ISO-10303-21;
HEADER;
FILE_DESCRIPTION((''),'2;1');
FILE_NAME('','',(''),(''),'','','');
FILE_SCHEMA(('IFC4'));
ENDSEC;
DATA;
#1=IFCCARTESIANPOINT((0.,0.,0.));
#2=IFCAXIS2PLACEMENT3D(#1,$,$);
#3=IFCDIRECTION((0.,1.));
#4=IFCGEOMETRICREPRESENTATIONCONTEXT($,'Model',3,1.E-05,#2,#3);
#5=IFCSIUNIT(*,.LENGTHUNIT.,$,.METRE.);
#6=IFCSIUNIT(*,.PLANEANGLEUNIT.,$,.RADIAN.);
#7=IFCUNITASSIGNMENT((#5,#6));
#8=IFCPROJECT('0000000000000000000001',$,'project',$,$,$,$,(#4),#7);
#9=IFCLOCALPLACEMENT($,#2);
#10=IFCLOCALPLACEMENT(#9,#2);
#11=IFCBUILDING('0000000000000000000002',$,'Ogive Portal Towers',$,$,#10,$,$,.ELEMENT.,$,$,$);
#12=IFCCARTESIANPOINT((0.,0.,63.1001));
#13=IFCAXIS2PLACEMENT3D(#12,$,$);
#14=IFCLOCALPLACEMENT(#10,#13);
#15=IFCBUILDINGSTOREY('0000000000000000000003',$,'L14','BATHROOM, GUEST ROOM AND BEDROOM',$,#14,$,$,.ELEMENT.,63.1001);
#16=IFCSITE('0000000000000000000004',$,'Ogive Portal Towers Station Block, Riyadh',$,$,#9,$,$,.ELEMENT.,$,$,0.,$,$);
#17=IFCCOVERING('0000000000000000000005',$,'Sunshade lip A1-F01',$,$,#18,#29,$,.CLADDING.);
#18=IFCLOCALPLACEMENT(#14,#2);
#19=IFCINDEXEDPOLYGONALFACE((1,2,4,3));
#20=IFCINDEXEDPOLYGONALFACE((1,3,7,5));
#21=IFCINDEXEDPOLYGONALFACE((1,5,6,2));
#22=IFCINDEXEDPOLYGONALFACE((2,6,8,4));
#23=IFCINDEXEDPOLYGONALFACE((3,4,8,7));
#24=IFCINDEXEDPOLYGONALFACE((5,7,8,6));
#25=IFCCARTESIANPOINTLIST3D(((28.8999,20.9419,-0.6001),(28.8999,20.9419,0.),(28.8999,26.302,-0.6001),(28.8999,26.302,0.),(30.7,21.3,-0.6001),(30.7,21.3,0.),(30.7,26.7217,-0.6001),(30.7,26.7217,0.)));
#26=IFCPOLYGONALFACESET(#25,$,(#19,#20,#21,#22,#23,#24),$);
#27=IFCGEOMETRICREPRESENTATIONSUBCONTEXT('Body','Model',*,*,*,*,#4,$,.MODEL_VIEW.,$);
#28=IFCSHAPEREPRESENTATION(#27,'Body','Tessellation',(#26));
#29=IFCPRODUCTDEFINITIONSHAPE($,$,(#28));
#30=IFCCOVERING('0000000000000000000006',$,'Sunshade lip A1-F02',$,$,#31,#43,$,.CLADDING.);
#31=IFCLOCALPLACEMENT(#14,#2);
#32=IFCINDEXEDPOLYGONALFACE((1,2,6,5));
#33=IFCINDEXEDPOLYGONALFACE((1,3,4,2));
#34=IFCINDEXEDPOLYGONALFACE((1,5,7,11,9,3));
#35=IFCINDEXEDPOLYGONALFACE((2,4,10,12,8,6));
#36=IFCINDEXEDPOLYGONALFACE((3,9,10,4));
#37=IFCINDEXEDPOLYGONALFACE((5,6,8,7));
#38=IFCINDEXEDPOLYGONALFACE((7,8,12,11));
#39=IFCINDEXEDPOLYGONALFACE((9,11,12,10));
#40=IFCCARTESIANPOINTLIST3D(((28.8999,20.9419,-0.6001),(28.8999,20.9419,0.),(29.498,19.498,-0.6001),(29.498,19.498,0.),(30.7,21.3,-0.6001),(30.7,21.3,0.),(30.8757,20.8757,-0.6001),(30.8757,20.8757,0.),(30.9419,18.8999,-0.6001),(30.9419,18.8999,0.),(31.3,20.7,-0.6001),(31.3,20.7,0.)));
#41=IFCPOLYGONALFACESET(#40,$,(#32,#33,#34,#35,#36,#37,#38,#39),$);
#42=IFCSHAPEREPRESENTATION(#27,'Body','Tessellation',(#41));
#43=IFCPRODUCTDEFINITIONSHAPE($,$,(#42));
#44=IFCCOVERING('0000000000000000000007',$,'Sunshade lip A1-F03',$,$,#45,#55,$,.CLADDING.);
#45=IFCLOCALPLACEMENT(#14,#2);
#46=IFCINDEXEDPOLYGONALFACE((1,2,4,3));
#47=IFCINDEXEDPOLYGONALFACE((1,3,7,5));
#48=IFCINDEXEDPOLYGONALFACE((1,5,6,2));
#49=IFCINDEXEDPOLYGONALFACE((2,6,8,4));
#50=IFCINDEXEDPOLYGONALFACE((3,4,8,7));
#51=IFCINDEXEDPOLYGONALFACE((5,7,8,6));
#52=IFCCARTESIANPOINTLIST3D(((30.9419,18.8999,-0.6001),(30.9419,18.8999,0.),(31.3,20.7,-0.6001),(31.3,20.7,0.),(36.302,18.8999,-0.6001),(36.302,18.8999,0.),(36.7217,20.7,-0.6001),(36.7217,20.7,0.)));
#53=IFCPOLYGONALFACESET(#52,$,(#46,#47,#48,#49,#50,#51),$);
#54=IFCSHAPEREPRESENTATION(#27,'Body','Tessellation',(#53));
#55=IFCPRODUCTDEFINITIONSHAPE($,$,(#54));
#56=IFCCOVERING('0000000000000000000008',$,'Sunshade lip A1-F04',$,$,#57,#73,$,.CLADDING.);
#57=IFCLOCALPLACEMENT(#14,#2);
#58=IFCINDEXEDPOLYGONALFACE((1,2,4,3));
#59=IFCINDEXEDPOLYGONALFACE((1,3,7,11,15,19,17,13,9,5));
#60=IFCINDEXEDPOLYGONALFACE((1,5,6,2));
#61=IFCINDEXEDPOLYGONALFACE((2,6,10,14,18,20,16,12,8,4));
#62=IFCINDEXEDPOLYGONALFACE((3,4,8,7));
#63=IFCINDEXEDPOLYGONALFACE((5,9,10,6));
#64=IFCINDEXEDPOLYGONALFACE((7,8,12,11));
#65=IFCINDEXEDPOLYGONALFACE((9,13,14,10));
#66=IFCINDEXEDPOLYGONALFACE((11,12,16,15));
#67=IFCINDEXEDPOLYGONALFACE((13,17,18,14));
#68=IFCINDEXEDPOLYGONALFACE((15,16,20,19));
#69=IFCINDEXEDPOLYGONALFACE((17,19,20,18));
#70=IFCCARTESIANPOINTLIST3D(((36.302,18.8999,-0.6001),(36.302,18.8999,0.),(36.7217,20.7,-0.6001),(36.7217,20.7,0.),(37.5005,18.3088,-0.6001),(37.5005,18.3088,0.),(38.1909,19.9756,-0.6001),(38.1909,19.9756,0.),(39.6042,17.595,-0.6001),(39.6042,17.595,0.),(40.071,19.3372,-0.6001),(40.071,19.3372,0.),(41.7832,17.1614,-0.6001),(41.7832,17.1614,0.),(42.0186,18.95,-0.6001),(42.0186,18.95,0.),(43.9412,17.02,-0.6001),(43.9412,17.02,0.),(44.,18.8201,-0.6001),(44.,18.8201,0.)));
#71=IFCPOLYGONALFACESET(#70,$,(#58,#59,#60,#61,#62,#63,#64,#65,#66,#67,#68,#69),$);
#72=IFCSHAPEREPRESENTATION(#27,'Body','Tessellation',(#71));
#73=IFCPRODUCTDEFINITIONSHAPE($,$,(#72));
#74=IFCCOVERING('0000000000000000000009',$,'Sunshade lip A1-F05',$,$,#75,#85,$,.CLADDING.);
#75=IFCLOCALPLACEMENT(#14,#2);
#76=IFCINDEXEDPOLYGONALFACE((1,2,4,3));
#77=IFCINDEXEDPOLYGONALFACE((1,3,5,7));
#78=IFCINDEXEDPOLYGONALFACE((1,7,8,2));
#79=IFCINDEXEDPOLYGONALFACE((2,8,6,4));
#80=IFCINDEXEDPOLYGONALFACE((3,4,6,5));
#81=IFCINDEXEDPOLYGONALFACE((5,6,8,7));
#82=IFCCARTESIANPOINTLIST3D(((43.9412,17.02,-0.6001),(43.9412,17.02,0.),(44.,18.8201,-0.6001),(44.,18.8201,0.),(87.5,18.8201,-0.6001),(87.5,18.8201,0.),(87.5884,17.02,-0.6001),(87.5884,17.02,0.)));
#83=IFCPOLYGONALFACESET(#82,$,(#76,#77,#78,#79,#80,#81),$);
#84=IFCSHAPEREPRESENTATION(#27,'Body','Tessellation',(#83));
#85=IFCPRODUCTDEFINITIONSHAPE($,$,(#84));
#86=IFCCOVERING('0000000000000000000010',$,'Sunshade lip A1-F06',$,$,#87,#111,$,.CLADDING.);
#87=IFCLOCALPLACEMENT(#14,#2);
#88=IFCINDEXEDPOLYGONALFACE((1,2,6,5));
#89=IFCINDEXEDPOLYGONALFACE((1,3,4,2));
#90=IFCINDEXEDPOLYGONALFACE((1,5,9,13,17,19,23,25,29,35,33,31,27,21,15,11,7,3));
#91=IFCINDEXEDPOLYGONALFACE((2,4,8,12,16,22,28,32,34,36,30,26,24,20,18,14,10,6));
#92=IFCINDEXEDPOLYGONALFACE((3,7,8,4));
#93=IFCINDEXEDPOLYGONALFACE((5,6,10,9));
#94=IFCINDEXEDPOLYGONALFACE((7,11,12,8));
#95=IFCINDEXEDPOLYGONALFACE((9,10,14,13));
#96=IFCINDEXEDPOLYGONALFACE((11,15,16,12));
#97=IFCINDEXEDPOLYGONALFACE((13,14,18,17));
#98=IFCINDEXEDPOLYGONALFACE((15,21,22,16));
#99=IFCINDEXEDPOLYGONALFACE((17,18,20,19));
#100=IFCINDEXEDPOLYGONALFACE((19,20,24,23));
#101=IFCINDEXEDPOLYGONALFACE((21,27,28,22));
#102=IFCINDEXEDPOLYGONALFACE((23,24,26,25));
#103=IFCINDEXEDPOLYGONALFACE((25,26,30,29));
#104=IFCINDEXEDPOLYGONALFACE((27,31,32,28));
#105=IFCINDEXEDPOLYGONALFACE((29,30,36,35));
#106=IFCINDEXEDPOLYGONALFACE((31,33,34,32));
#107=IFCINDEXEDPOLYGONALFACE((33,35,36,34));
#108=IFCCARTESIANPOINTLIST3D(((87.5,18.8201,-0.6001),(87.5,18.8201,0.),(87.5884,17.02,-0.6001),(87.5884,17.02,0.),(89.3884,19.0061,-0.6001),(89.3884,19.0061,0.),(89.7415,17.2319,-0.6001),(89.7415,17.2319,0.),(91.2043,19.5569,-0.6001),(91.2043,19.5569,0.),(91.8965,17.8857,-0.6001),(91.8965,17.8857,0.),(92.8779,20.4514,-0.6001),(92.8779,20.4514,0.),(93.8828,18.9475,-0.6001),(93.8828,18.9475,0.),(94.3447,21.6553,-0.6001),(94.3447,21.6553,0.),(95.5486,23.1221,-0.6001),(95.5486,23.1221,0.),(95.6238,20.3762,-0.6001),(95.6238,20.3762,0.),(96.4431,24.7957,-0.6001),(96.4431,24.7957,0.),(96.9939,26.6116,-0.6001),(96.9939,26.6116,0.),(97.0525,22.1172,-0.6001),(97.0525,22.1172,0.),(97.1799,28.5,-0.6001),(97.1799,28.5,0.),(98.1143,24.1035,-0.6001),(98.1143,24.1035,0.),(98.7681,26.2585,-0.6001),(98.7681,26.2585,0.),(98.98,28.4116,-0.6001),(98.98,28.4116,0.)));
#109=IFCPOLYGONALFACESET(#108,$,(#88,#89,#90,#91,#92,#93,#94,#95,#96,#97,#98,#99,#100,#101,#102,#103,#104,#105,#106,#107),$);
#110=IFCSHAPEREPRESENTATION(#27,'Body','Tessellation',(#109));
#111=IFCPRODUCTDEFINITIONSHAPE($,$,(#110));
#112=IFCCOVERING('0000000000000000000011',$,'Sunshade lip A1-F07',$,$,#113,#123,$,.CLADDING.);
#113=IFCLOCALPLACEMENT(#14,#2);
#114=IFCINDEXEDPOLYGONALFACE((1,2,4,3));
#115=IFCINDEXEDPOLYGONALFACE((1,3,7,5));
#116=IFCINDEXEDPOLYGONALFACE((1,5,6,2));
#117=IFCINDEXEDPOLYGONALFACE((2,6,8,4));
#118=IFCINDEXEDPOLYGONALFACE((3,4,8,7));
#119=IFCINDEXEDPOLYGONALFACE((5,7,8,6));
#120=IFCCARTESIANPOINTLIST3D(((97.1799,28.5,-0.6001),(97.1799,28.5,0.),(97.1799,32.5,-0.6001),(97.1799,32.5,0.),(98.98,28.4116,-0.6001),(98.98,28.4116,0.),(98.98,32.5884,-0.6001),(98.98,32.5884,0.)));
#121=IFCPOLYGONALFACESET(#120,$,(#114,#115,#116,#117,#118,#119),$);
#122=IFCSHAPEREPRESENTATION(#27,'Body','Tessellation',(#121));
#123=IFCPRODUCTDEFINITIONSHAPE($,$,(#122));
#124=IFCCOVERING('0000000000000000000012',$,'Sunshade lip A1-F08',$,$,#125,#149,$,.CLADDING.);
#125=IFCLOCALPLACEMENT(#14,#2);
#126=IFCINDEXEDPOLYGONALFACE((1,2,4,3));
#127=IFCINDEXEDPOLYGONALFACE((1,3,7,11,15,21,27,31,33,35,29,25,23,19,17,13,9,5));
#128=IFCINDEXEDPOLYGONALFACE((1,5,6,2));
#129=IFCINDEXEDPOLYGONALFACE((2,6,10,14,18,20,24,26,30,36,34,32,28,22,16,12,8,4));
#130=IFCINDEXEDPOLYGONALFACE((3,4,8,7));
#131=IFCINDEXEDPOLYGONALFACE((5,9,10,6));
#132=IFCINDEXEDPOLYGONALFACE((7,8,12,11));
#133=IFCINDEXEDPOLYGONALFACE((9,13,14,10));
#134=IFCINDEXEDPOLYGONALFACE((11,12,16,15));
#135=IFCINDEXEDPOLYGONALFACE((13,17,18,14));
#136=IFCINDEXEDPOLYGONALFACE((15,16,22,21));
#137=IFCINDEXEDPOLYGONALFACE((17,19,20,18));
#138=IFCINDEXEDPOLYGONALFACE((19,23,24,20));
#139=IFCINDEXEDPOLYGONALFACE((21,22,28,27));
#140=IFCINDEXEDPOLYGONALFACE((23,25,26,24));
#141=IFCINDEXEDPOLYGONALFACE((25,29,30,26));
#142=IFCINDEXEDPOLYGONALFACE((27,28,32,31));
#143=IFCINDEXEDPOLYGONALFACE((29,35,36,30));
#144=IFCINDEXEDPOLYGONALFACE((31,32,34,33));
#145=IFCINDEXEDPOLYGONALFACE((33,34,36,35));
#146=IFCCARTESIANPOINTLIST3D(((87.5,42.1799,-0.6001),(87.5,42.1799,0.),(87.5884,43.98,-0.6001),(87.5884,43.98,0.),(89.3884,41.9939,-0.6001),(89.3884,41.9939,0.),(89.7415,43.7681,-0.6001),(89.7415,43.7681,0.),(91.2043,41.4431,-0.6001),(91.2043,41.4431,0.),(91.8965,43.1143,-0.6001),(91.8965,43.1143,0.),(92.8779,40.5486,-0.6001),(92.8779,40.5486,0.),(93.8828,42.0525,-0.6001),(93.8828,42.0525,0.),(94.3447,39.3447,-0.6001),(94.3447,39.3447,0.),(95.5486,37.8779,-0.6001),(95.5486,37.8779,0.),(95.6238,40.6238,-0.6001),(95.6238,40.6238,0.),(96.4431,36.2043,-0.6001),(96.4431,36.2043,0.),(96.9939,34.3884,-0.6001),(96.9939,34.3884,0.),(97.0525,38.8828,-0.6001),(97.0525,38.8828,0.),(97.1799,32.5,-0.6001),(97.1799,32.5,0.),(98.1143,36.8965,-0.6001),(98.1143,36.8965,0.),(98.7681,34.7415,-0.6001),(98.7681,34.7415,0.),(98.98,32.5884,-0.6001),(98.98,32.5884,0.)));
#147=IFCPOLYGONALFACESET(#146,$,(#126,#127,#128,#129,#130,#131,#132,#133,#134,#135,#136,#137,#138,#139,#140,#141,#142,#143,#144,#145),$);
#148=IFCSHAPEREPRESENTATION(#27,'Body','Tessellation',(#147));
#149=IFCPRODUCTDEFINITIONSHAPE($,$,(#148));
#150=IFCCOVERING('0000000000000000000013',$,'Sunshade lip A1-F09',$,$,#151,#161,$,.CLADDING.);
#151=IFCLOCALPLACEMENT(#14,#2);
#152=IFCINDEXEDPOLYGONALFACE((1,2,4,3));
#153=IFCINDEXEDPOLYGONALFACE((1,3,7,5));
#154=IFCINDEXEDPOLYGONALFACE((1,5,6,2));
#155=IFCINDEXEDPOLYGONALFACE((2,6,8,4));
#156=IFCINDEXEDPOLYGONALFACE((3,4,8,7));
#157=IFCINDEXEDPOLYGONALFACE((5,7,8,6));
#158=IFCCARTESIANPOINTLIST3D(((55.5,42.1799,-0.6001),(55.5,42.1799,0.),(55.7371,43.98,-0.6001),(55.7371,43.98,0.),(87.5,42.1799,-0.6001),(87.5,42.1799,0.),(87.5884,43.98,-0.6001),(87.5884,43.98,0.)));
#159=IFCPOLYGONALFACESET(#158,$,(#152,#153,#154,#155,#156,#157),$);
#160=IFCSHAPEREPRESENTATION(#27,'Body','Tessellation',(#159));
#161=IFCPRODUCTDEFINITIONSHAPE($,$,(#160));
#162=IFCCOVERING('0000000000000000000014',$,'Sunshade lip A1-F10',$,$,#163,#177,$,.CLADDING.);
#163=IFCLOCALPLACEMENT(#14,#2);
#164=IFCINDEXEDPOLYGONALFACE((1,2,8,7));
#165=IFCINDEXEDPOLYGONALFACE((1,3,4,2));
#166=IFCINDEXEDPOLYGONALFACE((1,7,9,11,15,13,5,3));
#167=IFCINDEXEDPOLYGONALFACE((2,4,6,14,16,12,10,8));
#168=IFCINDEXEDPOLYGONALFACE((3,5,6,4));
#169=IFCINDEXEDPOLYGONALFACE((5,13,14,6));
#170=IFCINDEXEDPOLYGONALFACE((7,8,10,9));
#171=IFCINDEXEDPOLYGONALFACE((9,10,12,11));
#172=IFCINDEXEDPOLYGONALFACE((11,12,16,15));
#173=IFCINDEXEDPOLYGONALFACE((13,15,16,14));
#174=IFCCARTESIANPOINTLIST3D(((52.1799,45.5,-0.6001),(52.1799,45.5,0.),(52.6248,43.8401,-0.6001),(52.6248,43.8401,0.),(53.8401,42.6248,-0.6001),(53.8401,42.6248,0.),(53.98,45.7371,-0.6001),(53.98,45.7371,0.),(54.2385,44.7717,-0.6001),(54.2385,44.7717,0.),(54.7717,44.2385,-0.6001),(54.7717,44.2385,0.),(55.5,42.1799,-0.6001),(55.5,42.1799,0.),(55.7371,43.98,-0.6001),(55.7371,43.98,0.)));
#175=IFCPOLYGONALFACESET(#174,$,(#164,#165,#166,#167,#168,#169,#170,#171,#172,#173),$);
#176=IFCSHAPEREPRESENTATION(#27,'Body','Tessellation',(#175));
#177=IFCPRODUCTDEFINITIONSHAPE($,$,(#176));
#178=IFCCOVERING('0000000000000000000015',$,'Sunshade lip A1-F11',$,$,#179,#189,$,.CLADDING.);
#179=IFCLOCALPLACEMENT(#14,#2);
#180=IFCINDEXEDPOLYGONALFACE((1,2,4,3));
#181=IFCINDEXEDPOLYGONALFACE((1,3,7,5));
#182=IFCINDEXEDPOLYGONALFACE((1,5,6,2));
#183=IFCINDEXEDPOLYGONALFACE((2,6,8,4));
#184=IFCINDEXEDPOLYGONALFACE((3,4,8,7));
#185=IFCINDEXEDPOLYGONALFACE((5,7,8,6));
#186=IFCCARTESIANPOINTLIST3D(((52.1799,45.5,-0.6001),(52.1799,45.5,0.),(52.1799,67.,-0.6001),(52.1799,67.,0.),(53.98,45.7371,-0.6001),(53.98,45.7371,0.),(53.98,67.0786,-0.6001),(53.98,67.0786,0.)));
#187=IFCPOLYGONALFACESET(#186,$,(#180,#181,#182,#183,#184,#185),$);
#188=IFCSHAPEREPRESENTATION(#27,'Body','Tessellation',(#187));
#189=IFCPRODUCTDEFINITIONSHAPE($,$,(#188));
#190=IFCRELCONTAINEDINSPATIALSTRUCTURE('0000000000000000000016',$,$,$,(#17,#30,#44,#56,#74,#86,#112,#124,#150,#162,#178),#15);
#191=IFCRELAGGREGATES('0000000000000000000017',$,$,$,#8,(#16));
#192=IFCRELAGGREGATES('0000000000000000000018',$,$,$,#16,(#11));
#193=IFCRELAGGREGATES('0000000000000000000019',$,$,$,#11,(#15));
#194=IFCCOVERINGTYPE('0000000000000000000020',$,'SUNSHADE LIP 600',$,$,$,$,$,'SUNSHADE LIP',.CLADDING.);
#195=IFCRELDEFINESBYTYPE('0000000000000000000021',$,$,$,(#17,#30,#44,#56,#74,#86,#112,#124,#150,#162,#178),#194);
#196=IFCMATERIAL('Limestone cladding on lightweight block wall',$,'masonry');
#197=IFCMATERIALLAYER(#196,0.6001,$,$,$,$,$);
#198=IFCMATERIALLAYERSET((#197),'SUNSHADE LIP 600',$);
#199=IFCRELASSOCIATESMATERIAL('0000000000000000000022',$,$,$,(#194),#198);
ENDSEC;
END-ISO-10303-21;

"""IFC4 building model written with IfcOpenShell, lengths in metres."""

from ifc_helpers import new_model, si_unit, direction, frame, origin, place, context, subcontext, project, spatial, polyline, outline, extrude, material, layer, layer_set, type_object, element, save


model = new_model("IFC4")

# Units and contexts
model_context = context("Model", 3, precision=1e-05, world=origin(), true_north=direction((0.0, 1.0)))
body_context = subcontext(model_context, "Body", "Model", "MODEL_VIEW")
ifc_project = project(units=[si_unit("LENGTHUNIT", "METRE"), si_unit("PLANEANGLEUNIT", "RADIAN")], contexts=[model_context])

# Site, building, storey
site_placement = place(None, origin())
site = spatial("IfcSite", under=ifc_project, at=site_placement, Name="Ogive Portal Towers Station Block, Riyadh", CompositionType="ELEMENT", RefElevation=0.0)
building_placement = place(site_placement, origin())
building = spatial("IfcBuilding", under=site, at=building_placement, Name="Ogive Portal Towers", CompositionType="ELEMENT")
storey_placement = place(building_placement, frame((0.0, 0.0, 63.1001)))
storey = spatial("IfcBuildingStorey", under=building, at=storey_placement, Name="L14", Description="BATHROOM, GUEST ROOM AND BEDROOM", CompositionType="ELEMENT", Elevation=63.1001)

# Coverings
ifc_material_1 = material(Name="Limestone cladding on lightweight block wall", Category="masonry")
ifc_layer_1 = layer(ifc_material_1, 0.6001)
ifc_layer_set_1 = layer_set([ifc_layer_1], Name="SUNSHADE LIP 600")
covering_type_1 = type_object("IfcCoveringType", Name="SUNSHADE LIP 600", ElementType="SUNSHADE LIP", PredefinedType="CLADDING", material=ifc_layer_set_1)
covering_1_placement = place(storey_placement, frame((0.0, 0.0, -0.6001)))
element("IfcCovering", 1, at=covering_1_placement, inside=storey, type_object=covering_type_1, Name="Sunshade lip A1-F01", PredefinedType="CLADDING", context=body_context, shape_type="SweptSolid", body=[
    extrude(outline(polyline([(30.7, 26.7217), (30.7, 21.3), (28.8999, 20.9419), (28.8999, 26.302), (30.7, 26.7217)])), origin(), (0.0, 0.0, 1.0), 0.6001),
])
covering_2_placement = place(storey_placement, frame((0.0, 0.0, -0.6001)))
element("IfcCovering", 2, at=covering_2_placement, inside=storey, type_object=covering_type_1, Name="Sunshade lip A1-F02", PredefinedType="CLADDING", context=body_context, shape_type="SweptSolid", body=[
    extrude(outline(polyline([(30.7, 21.3), (30.8757, 20.8757), (31.3, 20.7), (30.9419, 18.8999), (29.498, 19.498), (28.8999, 20.9419), (30.7, 21.3)])), origin(), (0.0, 0.0, 1.0), 0.6001),
])
covering_3_placement = place(storey_placement, frame((0.0, 0.0, -0.6001)))
element("IfcCovering", 3, at=covering_3_placement, inside=storey, type_object=covering_type_1, Name="Sunshade lip A1-F03", PredefinedType="CLADDING", context=body_context, shape_type="SweptSolid", body=[
    extrude(outline(polyline([(31.3, 20.7), (36.7217, 20.7), (36.302, 18.8999), (30.9419, 18.8999), (31.3, 20.7)])), origin(), (0.0, 0.0, 1.0), 0.6001),
])
covering_4_placement = place(storey_placement, frame((0.0, 0.0, -0.6001)))
element("IfcCovering", 4, at=covering_4_placement, inside=storey, type_object=covering_type_1, Name="Sunshade lip A1-F04", PredefinedType="CLADDING", context=body_context, shape_type="SweptSolid", body=[
    extrude(outline(polyline([(36.7217, 20.7), (38.1909, 19.9756), (40.071, 19.3372), (42.0186, 18.95), (44.0, 18.8201), (43.9412, 17.02), (41.7832, 17.1614), (39.6042, 17.595), (37.5005, 18.3088), (36.302, 18.8999), (36.7217, 20.7)])), origin(), (0.0, 0.0, 1.0), 0.6001),
])
covering_5_placement = place(storey_placement, frame((0.0, 0.0, -0.6001)))
element("IfcCovering", 5, at=covering_5_placement, inside=storey, type_object=covering_type_1, Name="Sunshade lip A1-F05", PredefinedType="CLADDING", context=body_context, shape_type="SweptSolid", body=[
    extrude(outline(polyline([(44.0, 18.8201), (87.5, 18.8201), (87.5884, 17.02), (43.9412, 17.02), (44.0, 18.8201)])), origin(), (0.0, 0.0, 1.0), 0.6001),
])
covering_6_placement = place(storey_placement, frame((0.0, 0.0, -0.6001)))
element("IfcCovering", 6, at=covering_6_placement, inside=storey, type_object=covering_type_1, Name="Sunshade lip A1-F06", PredefinedType="CLADDING", context=body_context, shape_type="SweptSolid", body=[
    extrude(outline(polyline([(87.5, 18.8201), (89.3884, 19.0061), (91.2043, 19.5569), (92.8779, 20.4514), (94.3447, 21.6553), (95.5486, 23.1221), (96.4431, 24.7957), (96.9939, 26.6116), (97.1799, 28.5), (98.98, 28.4116), (98.7681, 26.2585), (98.1143, 24.1035), (97.0525, 22.1172), (95.6238, 20.3762), (93.8828, 18.9475), (91.8965, 17.8857), (89.7415, 17.2319), (87.5884, 17.02), (87.5, 18.8201)])), origin(), (0.0, 0.0, 1.0), 0.6001),
])
covering_7_placement = place(storey_placement, frame((0.0, 0.0, -0.6001)))
element("IfcCovering", 7, at=covering_7_placement, inside=storey, type_object=covering_type_1, Name="Sunshade lip A1-F07", PredefinedType="CLADDING", context=body_context, shape_type="SweptSolid", body=[
    extrude(outline(polyline([(97.1799, 28.5), (97.1799, 32.5), (98.98, 32.5884), (98.98, 28.4116), (97.1799, 28.5)])), origin(), (0.0, 0.0, 1.0), 0.6001),
])
covering_8_placement = place(storey_placement, frame((0.0, 0.0, -0.6001)))
element("IfcCovering", 8, at=covering_8_placement, inside=storey, type_object=covering_type_1, Name="Sunshade lip A1-F08", PredefinedType="CLADDING", context=body_context, shape_type="SweptSolid", body=[
    extrude(outline(polyline([(97.1799, 32.5), (96.9939, 34.3884), (96.4431, 36.2043), (95.5486, 37.8779), (94.3447, 39.3447), (92.8779, 40.5486), (91.2043, 41.4431), (89.3884, 41.9939), (87.5, 42.1799), (87.5884, 43.98), (89.7415, 43.7681), (91.8965, 43.1143), (93.8828, 42.0525), (95.6238, 40.6238), (97.0525, 38.8828), (98.1143, 36.8965), (98.7681, 34.7415), (98.98, 32.5884), (97.1799, 32.5)])), origin(), (0.0, 0.0, 1.0), 0.6001),
])
covering_9_placement = place(storey_placement, frame((0.0, 0.0, -0.6001)))
element("IfcCovering", 9, at=covering_9_placement, inside=storey, type_object=covering_type_1, Name="Sunshade lip A1-F09", PredefinedType="CLADDING", context=body_context, shape_type="SweptSolid", body=[
    extrude(outline(polyline([(87.5, 42.1799), (55.5, 42.1799), (55.7371, 43.98), (87.5884, 43.98), (87.5, 42.1799)])), origin(), (0.0, 0.0, 1.0), 0.6001),
])
covering_10_placement = place(storey_placement, frame((0.0, 0.0, -0.6001)))
element("IfcCovering", 10, at=covering_10_placement, inside=storey, type_object=covering_type_1, Name="Sunshade lip A1-F10", PredefinedType="CLADDING", context=body_context, shape_type="SweptSolid", body=[
    extrude(outline(polyline([(55.5, 42.1799), (53.8401, 42.6248), (52.6248, 43.8401), (52.1799, 45.5), (53.98, 45.7371), (54.2385, 44.7717), (54.7717, 44.2385), (55.7371, 43.98), (55.5, 42.1799)])), origin(), (0.0, 0.0, 1.0), 0.6001),
])
covering_11_placement = place(storey_placement, frame((0.0, 0.0, -0.6001)))
element("IfcCovering", 11, at=covering_11_placement, inside=storey, type_object=covering_type_1, Name="Sunshade lip A1-F11", PredefinedType="CLADDING", context=body_context, shape_type="SweptSolid", body=[
    extrude(outline(polyline([(52.1799, 45.5), (52.1799, 67.0), (53.98, 67.0786), (53.98, 45.7371), (52.1799, 45.5)])), origin(), (0.0, 0.0, 1.0), 0.6001),
])

save(model, "model.ifc")
